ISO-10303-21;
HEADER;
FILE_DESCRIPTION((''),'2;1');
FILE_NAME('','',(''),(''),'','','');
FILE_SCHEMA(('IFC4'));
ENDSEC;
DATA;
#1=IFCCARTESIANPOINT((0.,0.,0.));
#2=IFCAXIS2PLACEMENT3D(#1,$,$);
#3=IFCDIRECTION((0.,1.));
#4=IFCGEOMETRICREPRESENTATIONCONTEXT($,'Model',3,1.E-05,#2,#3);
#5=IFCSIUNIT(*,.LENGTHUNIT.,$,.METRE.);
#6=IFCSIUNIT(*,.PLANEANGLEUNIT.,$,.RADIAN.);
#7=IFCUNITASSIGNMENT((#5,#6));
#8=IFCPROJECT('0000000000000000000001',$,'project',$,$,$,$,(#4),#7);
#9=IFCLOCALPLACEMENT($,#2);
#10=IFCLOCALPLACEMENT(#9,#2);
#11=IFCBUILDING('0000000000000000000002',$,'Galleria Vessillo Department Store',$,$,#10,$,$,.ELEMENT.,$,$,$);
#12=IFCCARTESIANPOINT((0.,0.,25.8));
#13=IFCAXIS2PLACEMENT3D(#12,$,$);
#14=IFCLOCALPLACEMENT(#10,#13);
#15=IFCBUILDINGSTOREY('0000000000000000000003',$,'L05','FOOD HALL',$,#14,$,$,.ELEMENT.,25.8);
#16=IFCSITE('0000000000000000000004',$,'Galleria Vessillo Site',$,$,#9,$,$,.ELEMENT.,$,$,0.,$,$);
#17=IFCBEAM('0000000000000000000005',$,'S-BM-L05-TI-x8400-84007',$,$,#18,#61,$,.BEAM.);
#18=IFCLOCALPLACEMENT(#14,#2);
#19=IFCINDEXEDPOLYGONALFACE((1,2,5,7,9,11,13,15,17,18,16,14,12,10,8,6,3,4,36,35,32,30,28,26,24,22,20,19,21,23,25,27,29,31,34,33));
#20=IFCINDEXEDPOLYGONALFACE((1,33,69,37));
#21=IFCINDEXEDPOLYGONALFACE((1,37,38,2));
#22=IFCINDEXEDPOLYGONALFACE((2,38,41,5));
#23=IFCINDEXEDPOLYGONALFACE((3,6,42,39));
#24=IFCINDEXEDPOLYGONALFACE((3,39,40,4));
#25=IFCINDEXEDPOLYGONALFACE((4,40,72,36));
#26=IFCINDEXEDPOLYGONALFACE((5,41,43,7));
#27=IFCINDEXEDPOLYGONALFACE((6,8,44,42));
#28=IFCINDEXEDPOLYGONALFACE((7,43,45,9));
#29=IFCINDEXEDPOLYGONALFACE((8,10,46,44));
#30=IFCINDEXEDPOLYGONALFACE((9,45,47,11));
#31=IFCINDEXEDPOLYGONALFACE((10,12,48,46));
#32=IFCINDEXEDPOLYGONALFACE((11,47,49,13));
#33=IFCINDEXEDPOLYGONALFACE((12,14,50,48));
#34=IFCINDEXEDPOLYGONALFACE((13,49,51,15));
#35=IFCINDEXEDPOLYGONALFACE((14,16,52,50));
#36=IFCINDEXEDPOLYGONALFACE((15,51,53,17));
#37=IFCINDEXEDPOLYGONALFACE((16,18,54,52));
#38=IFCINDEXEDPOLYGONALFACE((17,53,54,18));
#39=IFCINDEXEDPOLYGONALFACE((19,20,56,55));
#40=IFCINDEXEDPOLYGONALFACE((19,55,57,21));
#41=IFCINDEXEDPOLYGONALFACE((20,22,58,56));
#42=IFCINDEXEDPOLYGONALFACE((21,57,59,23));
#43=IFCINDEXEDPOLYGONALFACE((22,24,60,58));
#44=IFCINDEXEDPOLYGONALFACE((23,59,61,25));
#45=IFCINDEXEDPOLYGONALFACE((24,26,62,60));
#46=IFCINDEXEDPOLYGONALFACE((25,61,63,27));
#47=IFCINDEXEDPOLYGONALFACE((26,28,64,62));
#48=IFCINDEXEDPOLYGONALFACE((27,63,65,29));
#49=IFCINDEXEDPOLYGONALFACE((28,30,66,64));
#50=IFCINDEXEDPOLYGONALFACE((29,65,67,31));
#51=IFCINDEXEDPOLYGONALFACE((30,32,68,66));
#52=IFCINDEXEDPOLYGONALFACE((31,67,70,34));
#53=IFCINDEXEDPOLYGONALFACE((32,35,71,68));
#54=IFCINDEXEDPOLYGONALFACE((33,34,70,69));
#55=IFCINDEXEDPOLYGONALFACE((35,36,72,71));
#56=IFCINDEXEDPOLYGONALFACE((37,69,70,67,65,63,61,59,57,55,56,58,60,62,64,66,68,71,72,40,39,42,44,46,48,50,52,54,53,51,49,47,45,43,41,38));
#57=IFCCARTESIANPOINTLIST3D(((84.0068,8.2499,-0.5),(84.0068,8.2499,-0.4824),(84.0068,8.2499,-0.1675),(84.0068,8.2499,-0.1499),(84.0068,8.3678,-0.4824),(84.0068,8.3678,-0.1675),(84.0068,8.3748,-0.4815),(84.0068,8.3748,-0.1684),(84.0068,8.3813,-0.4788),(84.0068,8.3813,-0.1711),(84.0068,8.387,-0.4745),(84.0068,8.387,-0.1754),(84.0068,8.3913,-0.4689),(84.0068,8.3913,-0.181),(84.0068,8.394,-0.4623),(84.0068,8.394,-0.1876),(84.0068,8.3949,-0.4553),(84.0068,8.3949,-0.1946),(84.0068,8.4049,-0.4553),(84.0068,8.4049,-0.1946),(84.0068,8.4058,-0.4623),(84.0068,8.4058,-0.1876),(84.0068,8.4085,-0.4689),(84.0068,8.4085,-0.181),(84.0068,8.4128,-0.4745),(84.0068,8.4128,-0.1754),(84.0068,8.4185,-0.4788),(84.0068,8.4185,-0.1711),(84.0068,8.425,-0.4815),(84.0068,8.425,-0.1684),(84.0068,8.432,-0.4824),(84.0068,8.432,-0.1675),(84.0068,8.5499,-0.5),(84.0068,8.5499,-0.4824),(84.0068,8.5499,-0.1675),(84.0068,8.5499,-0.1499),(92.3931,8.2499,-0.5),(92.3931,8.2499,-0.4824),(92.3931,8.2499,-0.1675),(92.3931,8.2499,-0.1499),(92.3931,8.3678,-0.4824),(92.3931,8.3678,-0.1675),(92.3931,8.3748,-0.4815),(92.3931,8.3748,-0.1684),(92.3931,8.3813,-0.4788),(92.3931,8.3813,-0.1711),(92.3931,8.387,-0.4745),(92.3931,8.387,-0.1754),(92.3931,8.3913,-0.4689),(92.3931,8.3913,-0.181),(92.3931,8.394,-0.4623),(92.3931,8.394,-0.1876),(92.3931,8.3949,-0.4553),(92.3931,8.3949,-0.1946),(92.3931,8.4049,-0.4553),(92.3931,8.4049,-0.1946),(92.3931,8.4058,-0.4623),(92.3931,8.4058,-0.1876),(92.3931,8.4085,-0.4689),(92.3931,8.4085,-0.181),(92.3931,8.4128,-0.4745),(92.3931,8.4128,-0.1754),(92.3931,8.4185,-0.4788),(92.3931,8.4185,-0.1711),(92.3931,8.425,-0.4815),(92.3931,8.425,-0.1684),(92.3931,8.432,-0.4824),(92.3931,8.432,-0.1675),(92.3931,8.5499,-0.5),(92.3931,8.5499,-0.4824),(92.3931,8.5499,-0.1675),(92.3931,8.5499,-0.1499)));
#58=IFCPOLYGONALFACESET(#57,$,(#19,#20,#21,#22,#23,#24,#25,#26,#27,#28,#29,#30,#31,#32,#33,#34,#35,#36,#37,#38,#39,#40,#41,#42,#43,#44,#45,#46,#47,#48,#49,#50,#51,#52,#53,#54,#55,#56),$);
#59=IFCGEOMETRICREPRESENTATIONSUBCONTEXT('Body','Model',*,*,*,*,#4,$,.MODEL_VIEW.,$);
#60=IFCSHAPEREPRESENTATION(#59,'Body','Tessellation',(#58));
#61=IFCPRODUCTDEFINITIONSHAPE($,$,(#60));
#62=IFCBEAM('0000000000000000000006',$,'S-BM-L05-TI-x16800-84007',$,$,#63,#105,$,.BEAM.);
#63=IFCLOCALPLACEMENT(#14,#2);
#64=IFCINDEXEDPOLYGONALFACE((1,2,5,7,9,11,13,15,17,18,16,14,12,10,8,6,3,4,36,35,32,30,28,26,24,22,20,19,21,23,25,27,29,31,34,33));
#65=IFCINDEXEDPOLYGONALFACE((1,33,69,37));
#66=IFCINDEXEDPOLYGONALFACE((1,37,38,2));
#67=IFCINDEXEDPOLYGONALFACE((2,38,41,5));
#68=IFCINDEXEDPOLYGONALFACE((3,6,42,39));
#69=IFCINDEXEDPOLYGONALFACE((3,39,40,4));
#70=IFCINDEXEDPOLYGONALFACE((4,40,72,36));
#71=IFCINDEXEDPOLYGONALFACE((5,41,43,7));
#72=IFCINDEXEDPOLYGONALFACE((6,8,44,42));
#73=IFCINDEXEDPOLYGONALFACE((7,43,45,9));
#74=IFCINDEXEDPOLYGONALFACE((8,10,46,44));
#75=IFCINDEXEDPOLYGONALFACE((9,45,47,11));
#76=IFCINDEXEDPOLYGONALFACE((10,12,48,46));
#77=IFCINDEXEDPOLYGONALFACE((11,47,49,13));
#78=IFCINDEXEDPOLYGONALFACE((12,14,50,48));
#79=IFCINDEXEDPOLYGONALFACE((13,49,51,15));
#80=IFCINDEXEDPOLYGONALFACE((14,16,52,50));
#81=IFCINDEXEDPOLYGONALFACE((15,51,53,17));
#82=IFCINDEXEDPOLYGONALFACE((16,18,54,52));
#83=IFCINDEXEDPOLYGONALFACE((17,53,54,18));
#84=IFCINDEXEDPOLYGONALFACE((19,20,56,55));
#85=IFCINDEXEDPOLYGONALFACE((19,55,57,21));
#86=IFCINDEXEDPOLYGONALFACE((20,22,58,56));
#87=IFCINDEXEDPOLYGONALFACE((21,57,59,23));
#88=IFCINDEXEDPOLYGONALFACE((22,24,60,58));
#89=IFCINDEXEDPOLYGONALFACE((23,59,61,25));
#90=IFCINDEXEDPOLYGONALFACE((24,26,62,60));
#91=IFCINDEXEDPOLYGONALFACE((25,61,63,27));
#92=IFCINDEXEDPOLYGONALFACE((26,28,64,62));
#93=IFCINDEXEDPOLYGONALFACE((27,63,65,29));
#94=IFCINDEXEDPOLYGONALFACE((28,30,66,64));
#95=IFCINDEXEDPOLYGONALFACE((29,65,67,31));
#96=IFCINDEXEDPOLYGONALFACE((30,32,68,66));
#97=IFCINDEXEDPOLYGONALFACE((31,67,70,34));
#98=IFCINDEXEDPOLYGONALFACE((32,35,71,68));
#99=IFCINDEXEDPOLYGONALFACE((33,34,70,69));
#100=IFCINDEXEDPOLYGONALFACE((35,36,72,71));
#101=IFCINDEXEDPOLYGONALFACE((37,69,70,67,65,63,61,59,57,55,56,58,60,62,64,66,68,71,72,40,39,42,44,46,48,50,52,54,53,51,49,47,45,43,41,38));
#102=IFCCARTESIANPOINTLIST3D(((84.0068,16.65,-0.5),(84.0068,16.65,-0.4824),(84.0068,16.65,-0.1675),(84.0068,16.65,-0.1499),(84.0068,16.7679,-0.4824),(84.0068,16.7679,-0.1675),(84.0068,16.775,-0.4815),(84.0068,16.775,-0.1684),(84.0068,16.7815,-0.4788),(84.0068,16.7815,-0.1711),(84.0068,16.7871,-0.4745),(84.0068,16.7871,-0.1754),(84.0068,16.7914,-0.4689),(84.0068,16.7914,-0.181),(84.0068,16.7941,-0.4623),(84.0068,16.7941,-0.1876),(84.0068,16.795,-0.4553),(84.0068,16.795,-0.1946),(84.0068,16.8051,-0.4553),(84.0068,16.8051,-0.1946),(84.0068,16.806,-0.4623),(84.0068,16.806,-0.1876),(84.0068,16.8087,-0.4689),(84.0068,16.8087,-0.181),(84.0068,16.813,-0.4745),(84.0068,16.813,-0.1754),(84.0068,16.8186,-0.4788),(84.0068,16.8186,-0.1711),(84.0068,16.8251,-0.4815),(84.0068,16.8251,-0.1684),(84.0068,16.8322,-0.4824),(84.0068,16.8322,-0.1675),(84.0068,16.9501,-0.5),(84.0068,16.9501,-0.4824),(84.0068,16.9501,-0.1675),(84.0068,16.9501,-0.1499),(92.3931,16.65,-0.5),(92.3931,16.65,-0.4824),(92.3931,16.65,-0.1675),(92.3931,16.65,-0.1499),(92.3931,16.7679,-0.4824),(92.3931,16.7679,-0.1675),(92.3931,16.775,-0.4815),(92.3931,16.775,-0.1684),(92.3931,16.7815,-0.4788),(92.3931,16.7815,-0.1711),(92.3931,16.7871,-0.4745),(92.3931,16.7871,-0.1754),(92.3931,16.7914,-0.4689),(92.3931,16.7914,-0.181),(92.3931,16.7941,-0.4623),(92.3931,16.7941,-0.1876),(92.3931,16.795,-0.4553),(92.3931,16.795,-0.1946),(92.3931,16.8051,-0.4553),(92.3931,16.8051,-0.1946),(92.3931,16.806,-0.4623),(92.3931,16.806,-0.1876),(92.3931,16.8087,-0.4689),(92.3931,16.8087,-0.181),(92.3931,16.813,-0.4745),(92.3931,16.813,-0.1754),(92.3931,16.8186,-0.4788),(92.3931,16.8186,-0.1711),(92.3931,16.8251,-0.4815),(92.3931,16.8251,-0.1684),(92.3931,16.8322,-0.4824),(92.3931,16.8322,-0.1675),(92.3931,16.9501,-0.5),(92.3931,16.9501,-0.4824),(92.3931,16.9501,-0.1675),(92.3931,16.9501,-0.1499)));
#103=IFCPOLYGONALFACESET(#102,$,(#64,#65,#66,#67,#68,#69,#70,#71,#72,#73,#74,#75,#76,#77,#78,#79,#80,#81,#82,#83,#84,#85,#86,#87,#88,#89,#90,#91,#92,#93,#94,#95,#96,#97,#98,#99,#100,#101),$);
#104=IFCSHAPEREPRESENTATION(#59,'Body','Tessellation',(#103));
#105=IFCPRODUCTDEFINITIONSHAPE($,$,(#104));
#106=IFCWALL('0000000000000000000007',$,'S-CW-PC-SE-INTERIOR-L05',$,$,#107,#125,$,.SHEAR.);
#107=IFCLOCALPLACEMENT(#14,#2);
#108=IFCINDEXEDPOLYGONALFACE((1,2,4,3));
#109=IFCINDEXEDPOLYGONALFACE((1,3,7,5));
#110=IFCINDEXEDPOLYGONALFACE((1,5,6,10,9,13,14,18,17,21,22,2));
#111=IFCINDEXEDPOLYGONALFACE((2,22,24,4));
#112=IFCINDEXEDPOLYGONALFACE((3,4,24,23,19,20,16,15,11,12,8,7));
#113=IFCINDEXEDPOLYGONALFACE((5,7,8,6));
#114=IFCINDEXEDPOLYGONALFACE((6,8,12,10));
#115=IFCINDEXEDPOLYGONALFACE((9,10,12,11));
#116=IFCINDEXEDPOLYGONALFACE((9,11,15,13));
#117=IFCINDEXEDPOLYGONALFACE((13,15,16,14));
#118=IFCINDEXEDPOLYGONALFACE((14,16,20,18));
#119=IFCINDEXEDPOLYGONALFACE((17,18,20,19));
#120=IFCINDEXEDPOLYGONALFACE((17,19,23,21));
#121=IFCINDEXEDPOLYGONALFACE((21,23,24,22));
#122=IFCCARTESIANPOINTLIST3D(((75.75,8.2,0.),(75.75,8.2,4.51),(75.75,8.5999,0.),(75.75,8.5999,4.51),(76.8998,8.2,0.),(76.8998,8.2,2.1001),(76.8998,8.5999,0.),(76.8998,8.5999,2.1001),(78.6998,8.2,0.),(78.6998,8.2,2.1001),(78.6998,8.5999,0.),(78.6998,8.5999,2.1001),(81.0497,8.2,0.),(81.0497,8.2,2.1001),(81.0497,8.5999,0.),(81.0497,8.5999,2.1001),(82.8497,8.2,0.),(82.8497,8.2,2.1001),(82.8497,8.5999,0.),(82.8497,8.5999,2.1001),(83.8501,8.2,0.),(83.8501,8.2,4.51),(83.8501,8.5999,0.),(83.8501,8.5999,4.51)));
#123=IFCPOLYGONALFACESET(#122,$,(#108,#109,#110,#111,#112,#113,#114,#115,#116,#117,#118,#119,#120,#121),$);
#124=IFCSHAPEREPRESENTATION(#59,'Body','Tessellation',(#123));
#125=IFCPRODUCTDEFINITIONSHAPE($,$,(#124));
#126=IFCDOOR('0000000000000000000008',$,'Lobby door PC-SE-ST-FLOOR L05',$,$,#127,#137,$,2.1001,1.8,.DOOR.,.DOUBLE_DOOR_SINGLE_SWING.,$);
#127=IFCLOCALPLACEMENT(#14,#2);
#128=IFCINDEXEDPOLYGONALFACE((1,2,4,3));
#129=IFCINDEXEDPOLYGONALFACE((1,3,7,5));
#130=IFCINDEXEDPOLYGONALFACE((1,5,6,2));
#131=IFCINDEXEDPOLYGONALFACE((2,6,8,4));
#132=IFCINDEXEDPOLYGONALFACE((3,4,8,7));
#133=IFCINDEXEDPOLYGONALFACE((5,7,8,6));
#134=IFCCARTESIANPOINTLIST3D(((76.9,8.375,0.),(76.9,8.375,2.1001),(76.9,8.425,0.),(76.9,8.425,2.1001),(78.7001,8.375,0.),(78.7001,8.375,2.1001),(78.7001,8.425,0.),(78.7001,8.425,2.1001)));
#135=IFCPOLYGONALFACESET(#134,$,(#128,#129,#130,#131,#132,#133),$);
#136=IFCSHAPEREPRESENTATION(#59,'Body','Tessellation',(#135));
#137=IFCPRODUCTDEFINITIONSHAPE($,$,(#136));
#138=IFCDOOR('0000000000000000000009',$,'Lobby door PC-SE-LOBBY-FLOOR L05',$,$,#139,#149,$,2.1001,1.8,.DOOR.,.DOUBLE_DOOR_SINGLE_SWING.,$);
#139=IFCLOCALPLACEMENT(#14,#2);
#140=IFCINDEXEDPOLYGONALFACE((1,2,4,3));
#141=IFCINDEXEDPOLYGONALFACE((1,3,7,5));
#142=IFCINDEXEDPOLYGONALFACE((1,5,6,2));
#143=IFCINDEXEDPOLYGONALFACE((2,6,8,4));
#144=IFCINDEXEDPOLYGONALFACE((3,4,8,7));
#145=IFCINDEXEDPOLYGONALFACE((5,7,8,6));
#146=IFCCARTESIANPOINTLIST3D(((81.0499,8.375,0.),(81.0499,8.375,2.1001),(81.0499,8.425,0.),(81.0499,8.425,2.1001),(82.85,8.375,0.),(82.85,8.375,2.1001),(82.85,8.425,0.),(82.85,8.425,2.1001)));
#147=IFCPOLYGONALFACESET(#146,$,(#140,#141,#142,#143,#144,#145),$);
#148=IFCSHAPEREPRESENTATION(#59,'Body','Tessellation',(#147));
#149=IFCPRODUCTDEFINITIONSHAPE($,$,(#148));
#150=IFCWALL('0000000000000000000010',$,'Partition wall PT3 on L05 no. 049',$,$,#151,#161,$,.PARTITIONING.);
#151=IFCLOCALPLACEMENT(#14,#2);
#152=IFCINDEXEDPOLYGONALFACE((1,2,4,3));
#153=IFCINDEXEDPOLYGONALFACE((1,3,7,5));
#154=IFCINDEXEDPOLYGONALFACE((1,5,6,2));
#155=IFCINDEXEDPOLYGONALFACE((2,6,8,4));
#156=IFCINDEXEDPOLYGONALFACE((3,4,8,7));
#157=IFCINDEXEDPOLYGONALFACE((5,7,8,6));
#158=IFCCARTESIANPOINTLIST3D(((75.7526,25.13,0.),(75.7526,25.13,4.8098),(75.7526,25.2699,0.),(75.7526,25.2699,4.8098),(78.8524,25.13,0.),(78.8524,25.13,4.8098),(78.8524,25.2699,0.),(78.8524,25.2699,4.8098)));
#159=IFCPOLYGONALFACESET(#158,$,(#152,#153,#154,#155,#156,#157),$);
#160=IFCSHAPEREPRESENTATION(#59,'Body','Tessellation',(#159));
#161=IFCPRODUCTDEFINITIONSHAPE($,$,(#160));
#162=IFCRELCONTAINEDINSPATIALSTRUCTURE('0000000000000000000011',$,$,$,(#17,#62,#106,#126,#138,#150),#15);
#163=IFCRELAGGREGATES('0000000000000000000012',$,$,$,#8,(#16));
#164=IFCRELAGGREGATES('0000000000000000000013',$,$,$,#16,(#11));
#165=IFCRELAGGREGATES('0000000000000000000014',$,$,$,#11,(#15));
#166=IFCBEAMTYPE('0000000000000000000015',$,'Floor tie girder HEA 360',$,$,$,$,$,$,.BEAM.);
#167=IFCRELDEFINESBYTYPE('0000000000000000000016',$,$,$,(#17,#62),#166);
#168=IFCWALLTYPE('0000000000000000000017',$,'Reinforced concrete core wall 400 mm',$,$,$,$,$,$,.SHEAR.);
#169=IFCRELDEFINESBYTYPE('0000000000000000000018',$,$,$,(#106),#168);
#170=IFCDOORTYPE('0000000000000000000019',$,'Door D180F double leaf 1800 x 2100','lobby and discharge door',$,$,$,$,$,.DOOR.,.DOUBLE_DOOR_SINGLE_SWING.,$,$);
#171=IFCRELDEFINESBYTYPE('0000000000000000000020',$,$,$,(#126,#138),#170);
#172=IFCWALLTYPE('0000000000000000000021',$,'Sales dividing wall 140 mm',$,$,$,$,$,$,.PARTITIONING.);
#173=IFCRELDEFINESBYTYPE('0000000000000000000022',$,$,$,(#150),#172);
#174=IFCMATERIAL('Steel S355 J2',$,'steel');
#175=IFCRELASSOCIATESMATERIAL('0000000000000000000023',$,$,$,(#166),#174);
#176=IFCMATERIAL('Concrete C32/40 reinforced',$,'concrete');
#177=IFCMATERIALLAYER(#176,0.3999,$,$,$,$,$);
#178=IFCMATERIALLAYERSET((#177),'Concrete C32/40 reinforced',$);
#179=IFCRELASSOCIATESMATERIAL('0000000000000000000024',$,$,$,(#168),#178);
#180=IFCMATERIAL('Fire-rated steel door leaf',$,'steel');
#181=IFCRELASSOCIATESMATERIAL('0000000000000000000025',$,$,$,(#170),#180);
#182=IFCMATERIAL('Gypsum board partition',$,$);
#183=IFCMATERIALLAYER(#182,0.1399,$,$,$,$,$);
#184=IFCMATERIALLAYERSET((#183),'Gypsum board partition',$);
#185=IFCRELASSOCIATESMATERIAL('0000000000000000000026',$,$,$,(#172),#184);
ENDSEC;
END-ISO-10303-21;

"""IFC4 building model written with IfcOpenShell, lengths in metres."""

from ifc_helpers import new_model, si_unit, direction, frame, frame_2d, origin, origin_2d, place, context, subcontext, project, spatial, rectangle, i_section, extrude, material, layer, layer_set, material_profile, profile_set, type_object, element, fill, save


model = new_model("IFC4")

# Units and contexts
model_context = context("Model", 3, precision=1e-05, world=origin(), true_north=direction((0.0, 1.0)))
body_context = subcontext(model_context, "Body", "Model", "MODEL_VIEW")
ifc_project = project(units=[si_unit("LENGTHUNIT", "METRE"), si_unit("PLANEANGLEUNIT", "RADIAN")], contexts=[model_context])

# Site, building, storey
site_placement = place(None, origin())
site = spatial("IfcSite", under=ifc_project, at=site_placement, Name="Galleria Vessillo Site", CompositionType="ELEMENT", RefElevation=0.0)
building_placement = place(site_placement, origin())
building = spatial("IfcBuilding", under=site, at=building_placement, Name="Galleria Vessillo Department Store", CompositionType="ELEMENT")
storey_placement = place(building_placement, frame((0.0, 0.0, 25.8)))
storey = spatial("IfcBuildingStorey", under=building, at=storey_placement, Name="L05", Description="FOOD HALL", CompositionType="ELEMENT", Elevation=25.8)

# Beams
ifc_material_1 = material(Name="Steel S355 J2", Category="steel")
ifc_material_profile_1 = material_profile(ifc_material_1, i_section(OverallWidth=0.3, OverallDepth=0.3501, WebThickness=0.01, FlangeThickness=0.0176, FilletRadius=0.0271, at=origin_2d()), Name="HEA 360")
ifc_profile_set_1 = profile_set([ifc_material_profile_1], Name="Steel S355 J2")
beam_type_1 = type_object("IfcBeamType", Name="Floor tie girder HEA 360", PredefinedType="BEAM", material=ifc_profile_set_1)
for number, where, z_axis, x_axis, name in (
    (1, (84.0068, 8.3999, -0.325), (1.0, 0.0, 0.0), (0.0, 1.0, 0.0), "S-BM-L05-TI-x8400-84007"),
    (2, (84.0068, 16.8, -0.325), (1.0, 0.0, 0.0), (0.0, 1.0, 0.0), "S-BM-L05-TI-x16800-84007"),
):
    element("IfcBeam", number, at=place(storey_placement, frame(where, z_axis=z_axis, x_axis=x_axis)), inside=storey, type_object=beam_type_1, Name=name, PredefinedType="BEAM", context=body_context, shape_type="SweptSolid", body=[
        extrude(i_section(OverallWidth=0.3, OverallDepth=0.3501, WebThickness=0.01, FlangeThickness=0.0176, FilletRadius=0.0271, at=origin_2d()), origin(), (0.0, 0.0, 1.0), 8.3862),
    ])

# Wall, openings, doors
ifc_material_2 = material(Name="Concrete C32/40 reinforced", Category="concrete")
ifc_layer_1 = layer(ifc_material_2, 0.3999)
ifc_layer_set_1 = layer_set([ifc_layer_1], Name="Concrete C32/40 reinforced")
wall_type_1 = type_object("IfcWallType", Name="Reinforced concrete core wall 400 mm", PredefinedType="SHEAR", material=ifc_layer_set_1)
wall_1_placement = place(storey_placement, frame((75.75, 8.3999, 0.0), z_axis=(0.0, 0.0, 1.0), x_axis=(1.0, 0.0, 0.0)))
wall_1 = element("IfcWall", 3, at=wall_1_placement, inside=storey, type_object=wall_type_1, Name="S-CW-PC-SE-INTERIOR-L05", PredefinedType="SHEAR", context=body_context, shape_type="SweptSolid", body=[
    extrude(rectangle(XDim=8.1001, YDim=0.3999, at=frame_2d((4.05, 0.0))), origin(), (0.0, 0.0, 1.0), 4.51),
])
opening_1_placement = place(wall_1_placement, frame((1.1499, 0.0, 0.0)))
opening_1 = element("IfcOpeningElement", 4, at=opening_1_placement, cuts=wall_1, PredefinedType="OPENING", context=body_context, shape_type="SweptSolid", body=[
    extrude(rectangle(XDim=1.8, YDim=2.1001, at=frame_2d((0.8999, 1.05))), frame((0.0, 0.21, 0.0), z_axis=(0.0, -1.0, 0.0), x_axis=(1.0, 0.0, 0.0)), (0.0, 0.0, 1.0), 0.4199),
])
opening_2_placement = place(wall_1_placement, frame((5.2998, 0.0, 0.0)))
opening_2 = element("IfcOpeningElement", 5, at=opening_2_placement, cuts=wall_1, PredefinedType="OPENING", context=body_context, shape_type="SweptSolid", body=[
    extrude(rectangle(XDim=1.8, YDim=2.1001, at=frame_2d((0.8999, 1.05))), frame((0.0, 0.21, 0.0), z_axis=(0.0, -1.0, 0.0), x_axis=(1.0, 0.0, 0.0)), (0.0, 0.0, 1.0), 0.4199),
])
ifc_material_3 = material(Name="Fire-rated steel door leaf", Category="steel")
door_type_1 = type_object("IfcDoorType", Name="Door D180F double leaf 1800 x 2100", Description="lobby and discharge door", OperationType="DOUBLE_DOOR_SINGLE_SWING", PredefinedType="DOOR", material=ifc_material_3)
door_1_placement = place(opening_1_placement, frame((1.8, 0.0, 0.0), z_axis=(0.0, 0.0, 1.0), x_axis=(-1.0, 0.0, 0.0)))
door_1 = element("IfcDoor", 6, at=door_1_placement, inside=storey, type_object=door_type_1, Name="Lobby door PC-SE-ST-FLOOR L05", OperationType="DOUBLE_DOOR_SINGLE_SWING", OverallHeight=2.1001, OverallWidth=1.8, PredefinedType="DOOR", context=body_context, shape_type="SweptSolid", body=[
    extrude(rectangle(XDim=1.8, YDim=2.1001, at=frame_2d((0.8999, 1.05))), frame((0.0, 0.0249, 0.0), z_axis=(0.0, -1.0, 0.0), x_axis=(1.0, 0.0, 0.0)), (0.0, 0.0, 1.0), 0.05),
])
fill(opening_1, door_1)
door_2_placement = place(opening_2_placement, frame((1.8, 0.0, 0.0), z_axis=(0.0, 0.0, 1.0), x_axis=(-1.0, 0.0, 0.0)))
door_2 = element("IfcDoor", 7, at=door_2_placement, inside=storey, type_object=door_type_1, Name="Lobby door PC-SE-LOBBY-FLOOR L05", OperationType="DOUBLE_DOOR_SINGLE_SWING", OverallHeight=2.1001, OverallWidth=1.8, PredefinedType="DOOR", context=body_context, shape_type="SweptSolid", body=[
    extrude(rectangle(XDim=1.8, YDim=2.1001, at=frame_2d((0.8999, 1.05))), frame((0.0, 0.0249, 0.0), z_axis=(0.0, -1.0, 0.0), x_axis=(1.0, 0.0, 0.0)), (0.0, 0.0, 1.0), 0.05),
])
fill(opening_2, door_2)

# Wall
ifc_material_4 = material(Name="Gypsum board partition")
ifc_layer_2 = layer(ifc_material_4, 0.1399)
ifc_layer_set_2 = layer_set([ifc_layer_2], Name="Gypsum board partition")
wall_type_2 = type_object("IfcWallType", Name="Sales dividing wall 140 mm", PredefinedType="PARTITIONING", material=ifc_layer_set_2)
wall_2_placement = place(storey_placement, frame((75.7527, 25.2, 0.0), z_axis=(0.0, 0.0, 1.0), x_axis=(1.0, 0.0, 0.0)))
element("IfcWall", 8, at=wall_2_placement, inside=storey, type_object=wall_type_2, Name="Partition wall PT3 on L05 no. 049", PredefinedType="PARTITIONING", context=body_context, shape_type="SweptSolid", body=[
    extrude(rectangle(XDim=3.0999, YDim=0.1399, at=frame_2d((1.5498, 0.0))), origin(), (0.0, 0.0, 1.0), 4.8098),
])

save(model, "model.ifc")
